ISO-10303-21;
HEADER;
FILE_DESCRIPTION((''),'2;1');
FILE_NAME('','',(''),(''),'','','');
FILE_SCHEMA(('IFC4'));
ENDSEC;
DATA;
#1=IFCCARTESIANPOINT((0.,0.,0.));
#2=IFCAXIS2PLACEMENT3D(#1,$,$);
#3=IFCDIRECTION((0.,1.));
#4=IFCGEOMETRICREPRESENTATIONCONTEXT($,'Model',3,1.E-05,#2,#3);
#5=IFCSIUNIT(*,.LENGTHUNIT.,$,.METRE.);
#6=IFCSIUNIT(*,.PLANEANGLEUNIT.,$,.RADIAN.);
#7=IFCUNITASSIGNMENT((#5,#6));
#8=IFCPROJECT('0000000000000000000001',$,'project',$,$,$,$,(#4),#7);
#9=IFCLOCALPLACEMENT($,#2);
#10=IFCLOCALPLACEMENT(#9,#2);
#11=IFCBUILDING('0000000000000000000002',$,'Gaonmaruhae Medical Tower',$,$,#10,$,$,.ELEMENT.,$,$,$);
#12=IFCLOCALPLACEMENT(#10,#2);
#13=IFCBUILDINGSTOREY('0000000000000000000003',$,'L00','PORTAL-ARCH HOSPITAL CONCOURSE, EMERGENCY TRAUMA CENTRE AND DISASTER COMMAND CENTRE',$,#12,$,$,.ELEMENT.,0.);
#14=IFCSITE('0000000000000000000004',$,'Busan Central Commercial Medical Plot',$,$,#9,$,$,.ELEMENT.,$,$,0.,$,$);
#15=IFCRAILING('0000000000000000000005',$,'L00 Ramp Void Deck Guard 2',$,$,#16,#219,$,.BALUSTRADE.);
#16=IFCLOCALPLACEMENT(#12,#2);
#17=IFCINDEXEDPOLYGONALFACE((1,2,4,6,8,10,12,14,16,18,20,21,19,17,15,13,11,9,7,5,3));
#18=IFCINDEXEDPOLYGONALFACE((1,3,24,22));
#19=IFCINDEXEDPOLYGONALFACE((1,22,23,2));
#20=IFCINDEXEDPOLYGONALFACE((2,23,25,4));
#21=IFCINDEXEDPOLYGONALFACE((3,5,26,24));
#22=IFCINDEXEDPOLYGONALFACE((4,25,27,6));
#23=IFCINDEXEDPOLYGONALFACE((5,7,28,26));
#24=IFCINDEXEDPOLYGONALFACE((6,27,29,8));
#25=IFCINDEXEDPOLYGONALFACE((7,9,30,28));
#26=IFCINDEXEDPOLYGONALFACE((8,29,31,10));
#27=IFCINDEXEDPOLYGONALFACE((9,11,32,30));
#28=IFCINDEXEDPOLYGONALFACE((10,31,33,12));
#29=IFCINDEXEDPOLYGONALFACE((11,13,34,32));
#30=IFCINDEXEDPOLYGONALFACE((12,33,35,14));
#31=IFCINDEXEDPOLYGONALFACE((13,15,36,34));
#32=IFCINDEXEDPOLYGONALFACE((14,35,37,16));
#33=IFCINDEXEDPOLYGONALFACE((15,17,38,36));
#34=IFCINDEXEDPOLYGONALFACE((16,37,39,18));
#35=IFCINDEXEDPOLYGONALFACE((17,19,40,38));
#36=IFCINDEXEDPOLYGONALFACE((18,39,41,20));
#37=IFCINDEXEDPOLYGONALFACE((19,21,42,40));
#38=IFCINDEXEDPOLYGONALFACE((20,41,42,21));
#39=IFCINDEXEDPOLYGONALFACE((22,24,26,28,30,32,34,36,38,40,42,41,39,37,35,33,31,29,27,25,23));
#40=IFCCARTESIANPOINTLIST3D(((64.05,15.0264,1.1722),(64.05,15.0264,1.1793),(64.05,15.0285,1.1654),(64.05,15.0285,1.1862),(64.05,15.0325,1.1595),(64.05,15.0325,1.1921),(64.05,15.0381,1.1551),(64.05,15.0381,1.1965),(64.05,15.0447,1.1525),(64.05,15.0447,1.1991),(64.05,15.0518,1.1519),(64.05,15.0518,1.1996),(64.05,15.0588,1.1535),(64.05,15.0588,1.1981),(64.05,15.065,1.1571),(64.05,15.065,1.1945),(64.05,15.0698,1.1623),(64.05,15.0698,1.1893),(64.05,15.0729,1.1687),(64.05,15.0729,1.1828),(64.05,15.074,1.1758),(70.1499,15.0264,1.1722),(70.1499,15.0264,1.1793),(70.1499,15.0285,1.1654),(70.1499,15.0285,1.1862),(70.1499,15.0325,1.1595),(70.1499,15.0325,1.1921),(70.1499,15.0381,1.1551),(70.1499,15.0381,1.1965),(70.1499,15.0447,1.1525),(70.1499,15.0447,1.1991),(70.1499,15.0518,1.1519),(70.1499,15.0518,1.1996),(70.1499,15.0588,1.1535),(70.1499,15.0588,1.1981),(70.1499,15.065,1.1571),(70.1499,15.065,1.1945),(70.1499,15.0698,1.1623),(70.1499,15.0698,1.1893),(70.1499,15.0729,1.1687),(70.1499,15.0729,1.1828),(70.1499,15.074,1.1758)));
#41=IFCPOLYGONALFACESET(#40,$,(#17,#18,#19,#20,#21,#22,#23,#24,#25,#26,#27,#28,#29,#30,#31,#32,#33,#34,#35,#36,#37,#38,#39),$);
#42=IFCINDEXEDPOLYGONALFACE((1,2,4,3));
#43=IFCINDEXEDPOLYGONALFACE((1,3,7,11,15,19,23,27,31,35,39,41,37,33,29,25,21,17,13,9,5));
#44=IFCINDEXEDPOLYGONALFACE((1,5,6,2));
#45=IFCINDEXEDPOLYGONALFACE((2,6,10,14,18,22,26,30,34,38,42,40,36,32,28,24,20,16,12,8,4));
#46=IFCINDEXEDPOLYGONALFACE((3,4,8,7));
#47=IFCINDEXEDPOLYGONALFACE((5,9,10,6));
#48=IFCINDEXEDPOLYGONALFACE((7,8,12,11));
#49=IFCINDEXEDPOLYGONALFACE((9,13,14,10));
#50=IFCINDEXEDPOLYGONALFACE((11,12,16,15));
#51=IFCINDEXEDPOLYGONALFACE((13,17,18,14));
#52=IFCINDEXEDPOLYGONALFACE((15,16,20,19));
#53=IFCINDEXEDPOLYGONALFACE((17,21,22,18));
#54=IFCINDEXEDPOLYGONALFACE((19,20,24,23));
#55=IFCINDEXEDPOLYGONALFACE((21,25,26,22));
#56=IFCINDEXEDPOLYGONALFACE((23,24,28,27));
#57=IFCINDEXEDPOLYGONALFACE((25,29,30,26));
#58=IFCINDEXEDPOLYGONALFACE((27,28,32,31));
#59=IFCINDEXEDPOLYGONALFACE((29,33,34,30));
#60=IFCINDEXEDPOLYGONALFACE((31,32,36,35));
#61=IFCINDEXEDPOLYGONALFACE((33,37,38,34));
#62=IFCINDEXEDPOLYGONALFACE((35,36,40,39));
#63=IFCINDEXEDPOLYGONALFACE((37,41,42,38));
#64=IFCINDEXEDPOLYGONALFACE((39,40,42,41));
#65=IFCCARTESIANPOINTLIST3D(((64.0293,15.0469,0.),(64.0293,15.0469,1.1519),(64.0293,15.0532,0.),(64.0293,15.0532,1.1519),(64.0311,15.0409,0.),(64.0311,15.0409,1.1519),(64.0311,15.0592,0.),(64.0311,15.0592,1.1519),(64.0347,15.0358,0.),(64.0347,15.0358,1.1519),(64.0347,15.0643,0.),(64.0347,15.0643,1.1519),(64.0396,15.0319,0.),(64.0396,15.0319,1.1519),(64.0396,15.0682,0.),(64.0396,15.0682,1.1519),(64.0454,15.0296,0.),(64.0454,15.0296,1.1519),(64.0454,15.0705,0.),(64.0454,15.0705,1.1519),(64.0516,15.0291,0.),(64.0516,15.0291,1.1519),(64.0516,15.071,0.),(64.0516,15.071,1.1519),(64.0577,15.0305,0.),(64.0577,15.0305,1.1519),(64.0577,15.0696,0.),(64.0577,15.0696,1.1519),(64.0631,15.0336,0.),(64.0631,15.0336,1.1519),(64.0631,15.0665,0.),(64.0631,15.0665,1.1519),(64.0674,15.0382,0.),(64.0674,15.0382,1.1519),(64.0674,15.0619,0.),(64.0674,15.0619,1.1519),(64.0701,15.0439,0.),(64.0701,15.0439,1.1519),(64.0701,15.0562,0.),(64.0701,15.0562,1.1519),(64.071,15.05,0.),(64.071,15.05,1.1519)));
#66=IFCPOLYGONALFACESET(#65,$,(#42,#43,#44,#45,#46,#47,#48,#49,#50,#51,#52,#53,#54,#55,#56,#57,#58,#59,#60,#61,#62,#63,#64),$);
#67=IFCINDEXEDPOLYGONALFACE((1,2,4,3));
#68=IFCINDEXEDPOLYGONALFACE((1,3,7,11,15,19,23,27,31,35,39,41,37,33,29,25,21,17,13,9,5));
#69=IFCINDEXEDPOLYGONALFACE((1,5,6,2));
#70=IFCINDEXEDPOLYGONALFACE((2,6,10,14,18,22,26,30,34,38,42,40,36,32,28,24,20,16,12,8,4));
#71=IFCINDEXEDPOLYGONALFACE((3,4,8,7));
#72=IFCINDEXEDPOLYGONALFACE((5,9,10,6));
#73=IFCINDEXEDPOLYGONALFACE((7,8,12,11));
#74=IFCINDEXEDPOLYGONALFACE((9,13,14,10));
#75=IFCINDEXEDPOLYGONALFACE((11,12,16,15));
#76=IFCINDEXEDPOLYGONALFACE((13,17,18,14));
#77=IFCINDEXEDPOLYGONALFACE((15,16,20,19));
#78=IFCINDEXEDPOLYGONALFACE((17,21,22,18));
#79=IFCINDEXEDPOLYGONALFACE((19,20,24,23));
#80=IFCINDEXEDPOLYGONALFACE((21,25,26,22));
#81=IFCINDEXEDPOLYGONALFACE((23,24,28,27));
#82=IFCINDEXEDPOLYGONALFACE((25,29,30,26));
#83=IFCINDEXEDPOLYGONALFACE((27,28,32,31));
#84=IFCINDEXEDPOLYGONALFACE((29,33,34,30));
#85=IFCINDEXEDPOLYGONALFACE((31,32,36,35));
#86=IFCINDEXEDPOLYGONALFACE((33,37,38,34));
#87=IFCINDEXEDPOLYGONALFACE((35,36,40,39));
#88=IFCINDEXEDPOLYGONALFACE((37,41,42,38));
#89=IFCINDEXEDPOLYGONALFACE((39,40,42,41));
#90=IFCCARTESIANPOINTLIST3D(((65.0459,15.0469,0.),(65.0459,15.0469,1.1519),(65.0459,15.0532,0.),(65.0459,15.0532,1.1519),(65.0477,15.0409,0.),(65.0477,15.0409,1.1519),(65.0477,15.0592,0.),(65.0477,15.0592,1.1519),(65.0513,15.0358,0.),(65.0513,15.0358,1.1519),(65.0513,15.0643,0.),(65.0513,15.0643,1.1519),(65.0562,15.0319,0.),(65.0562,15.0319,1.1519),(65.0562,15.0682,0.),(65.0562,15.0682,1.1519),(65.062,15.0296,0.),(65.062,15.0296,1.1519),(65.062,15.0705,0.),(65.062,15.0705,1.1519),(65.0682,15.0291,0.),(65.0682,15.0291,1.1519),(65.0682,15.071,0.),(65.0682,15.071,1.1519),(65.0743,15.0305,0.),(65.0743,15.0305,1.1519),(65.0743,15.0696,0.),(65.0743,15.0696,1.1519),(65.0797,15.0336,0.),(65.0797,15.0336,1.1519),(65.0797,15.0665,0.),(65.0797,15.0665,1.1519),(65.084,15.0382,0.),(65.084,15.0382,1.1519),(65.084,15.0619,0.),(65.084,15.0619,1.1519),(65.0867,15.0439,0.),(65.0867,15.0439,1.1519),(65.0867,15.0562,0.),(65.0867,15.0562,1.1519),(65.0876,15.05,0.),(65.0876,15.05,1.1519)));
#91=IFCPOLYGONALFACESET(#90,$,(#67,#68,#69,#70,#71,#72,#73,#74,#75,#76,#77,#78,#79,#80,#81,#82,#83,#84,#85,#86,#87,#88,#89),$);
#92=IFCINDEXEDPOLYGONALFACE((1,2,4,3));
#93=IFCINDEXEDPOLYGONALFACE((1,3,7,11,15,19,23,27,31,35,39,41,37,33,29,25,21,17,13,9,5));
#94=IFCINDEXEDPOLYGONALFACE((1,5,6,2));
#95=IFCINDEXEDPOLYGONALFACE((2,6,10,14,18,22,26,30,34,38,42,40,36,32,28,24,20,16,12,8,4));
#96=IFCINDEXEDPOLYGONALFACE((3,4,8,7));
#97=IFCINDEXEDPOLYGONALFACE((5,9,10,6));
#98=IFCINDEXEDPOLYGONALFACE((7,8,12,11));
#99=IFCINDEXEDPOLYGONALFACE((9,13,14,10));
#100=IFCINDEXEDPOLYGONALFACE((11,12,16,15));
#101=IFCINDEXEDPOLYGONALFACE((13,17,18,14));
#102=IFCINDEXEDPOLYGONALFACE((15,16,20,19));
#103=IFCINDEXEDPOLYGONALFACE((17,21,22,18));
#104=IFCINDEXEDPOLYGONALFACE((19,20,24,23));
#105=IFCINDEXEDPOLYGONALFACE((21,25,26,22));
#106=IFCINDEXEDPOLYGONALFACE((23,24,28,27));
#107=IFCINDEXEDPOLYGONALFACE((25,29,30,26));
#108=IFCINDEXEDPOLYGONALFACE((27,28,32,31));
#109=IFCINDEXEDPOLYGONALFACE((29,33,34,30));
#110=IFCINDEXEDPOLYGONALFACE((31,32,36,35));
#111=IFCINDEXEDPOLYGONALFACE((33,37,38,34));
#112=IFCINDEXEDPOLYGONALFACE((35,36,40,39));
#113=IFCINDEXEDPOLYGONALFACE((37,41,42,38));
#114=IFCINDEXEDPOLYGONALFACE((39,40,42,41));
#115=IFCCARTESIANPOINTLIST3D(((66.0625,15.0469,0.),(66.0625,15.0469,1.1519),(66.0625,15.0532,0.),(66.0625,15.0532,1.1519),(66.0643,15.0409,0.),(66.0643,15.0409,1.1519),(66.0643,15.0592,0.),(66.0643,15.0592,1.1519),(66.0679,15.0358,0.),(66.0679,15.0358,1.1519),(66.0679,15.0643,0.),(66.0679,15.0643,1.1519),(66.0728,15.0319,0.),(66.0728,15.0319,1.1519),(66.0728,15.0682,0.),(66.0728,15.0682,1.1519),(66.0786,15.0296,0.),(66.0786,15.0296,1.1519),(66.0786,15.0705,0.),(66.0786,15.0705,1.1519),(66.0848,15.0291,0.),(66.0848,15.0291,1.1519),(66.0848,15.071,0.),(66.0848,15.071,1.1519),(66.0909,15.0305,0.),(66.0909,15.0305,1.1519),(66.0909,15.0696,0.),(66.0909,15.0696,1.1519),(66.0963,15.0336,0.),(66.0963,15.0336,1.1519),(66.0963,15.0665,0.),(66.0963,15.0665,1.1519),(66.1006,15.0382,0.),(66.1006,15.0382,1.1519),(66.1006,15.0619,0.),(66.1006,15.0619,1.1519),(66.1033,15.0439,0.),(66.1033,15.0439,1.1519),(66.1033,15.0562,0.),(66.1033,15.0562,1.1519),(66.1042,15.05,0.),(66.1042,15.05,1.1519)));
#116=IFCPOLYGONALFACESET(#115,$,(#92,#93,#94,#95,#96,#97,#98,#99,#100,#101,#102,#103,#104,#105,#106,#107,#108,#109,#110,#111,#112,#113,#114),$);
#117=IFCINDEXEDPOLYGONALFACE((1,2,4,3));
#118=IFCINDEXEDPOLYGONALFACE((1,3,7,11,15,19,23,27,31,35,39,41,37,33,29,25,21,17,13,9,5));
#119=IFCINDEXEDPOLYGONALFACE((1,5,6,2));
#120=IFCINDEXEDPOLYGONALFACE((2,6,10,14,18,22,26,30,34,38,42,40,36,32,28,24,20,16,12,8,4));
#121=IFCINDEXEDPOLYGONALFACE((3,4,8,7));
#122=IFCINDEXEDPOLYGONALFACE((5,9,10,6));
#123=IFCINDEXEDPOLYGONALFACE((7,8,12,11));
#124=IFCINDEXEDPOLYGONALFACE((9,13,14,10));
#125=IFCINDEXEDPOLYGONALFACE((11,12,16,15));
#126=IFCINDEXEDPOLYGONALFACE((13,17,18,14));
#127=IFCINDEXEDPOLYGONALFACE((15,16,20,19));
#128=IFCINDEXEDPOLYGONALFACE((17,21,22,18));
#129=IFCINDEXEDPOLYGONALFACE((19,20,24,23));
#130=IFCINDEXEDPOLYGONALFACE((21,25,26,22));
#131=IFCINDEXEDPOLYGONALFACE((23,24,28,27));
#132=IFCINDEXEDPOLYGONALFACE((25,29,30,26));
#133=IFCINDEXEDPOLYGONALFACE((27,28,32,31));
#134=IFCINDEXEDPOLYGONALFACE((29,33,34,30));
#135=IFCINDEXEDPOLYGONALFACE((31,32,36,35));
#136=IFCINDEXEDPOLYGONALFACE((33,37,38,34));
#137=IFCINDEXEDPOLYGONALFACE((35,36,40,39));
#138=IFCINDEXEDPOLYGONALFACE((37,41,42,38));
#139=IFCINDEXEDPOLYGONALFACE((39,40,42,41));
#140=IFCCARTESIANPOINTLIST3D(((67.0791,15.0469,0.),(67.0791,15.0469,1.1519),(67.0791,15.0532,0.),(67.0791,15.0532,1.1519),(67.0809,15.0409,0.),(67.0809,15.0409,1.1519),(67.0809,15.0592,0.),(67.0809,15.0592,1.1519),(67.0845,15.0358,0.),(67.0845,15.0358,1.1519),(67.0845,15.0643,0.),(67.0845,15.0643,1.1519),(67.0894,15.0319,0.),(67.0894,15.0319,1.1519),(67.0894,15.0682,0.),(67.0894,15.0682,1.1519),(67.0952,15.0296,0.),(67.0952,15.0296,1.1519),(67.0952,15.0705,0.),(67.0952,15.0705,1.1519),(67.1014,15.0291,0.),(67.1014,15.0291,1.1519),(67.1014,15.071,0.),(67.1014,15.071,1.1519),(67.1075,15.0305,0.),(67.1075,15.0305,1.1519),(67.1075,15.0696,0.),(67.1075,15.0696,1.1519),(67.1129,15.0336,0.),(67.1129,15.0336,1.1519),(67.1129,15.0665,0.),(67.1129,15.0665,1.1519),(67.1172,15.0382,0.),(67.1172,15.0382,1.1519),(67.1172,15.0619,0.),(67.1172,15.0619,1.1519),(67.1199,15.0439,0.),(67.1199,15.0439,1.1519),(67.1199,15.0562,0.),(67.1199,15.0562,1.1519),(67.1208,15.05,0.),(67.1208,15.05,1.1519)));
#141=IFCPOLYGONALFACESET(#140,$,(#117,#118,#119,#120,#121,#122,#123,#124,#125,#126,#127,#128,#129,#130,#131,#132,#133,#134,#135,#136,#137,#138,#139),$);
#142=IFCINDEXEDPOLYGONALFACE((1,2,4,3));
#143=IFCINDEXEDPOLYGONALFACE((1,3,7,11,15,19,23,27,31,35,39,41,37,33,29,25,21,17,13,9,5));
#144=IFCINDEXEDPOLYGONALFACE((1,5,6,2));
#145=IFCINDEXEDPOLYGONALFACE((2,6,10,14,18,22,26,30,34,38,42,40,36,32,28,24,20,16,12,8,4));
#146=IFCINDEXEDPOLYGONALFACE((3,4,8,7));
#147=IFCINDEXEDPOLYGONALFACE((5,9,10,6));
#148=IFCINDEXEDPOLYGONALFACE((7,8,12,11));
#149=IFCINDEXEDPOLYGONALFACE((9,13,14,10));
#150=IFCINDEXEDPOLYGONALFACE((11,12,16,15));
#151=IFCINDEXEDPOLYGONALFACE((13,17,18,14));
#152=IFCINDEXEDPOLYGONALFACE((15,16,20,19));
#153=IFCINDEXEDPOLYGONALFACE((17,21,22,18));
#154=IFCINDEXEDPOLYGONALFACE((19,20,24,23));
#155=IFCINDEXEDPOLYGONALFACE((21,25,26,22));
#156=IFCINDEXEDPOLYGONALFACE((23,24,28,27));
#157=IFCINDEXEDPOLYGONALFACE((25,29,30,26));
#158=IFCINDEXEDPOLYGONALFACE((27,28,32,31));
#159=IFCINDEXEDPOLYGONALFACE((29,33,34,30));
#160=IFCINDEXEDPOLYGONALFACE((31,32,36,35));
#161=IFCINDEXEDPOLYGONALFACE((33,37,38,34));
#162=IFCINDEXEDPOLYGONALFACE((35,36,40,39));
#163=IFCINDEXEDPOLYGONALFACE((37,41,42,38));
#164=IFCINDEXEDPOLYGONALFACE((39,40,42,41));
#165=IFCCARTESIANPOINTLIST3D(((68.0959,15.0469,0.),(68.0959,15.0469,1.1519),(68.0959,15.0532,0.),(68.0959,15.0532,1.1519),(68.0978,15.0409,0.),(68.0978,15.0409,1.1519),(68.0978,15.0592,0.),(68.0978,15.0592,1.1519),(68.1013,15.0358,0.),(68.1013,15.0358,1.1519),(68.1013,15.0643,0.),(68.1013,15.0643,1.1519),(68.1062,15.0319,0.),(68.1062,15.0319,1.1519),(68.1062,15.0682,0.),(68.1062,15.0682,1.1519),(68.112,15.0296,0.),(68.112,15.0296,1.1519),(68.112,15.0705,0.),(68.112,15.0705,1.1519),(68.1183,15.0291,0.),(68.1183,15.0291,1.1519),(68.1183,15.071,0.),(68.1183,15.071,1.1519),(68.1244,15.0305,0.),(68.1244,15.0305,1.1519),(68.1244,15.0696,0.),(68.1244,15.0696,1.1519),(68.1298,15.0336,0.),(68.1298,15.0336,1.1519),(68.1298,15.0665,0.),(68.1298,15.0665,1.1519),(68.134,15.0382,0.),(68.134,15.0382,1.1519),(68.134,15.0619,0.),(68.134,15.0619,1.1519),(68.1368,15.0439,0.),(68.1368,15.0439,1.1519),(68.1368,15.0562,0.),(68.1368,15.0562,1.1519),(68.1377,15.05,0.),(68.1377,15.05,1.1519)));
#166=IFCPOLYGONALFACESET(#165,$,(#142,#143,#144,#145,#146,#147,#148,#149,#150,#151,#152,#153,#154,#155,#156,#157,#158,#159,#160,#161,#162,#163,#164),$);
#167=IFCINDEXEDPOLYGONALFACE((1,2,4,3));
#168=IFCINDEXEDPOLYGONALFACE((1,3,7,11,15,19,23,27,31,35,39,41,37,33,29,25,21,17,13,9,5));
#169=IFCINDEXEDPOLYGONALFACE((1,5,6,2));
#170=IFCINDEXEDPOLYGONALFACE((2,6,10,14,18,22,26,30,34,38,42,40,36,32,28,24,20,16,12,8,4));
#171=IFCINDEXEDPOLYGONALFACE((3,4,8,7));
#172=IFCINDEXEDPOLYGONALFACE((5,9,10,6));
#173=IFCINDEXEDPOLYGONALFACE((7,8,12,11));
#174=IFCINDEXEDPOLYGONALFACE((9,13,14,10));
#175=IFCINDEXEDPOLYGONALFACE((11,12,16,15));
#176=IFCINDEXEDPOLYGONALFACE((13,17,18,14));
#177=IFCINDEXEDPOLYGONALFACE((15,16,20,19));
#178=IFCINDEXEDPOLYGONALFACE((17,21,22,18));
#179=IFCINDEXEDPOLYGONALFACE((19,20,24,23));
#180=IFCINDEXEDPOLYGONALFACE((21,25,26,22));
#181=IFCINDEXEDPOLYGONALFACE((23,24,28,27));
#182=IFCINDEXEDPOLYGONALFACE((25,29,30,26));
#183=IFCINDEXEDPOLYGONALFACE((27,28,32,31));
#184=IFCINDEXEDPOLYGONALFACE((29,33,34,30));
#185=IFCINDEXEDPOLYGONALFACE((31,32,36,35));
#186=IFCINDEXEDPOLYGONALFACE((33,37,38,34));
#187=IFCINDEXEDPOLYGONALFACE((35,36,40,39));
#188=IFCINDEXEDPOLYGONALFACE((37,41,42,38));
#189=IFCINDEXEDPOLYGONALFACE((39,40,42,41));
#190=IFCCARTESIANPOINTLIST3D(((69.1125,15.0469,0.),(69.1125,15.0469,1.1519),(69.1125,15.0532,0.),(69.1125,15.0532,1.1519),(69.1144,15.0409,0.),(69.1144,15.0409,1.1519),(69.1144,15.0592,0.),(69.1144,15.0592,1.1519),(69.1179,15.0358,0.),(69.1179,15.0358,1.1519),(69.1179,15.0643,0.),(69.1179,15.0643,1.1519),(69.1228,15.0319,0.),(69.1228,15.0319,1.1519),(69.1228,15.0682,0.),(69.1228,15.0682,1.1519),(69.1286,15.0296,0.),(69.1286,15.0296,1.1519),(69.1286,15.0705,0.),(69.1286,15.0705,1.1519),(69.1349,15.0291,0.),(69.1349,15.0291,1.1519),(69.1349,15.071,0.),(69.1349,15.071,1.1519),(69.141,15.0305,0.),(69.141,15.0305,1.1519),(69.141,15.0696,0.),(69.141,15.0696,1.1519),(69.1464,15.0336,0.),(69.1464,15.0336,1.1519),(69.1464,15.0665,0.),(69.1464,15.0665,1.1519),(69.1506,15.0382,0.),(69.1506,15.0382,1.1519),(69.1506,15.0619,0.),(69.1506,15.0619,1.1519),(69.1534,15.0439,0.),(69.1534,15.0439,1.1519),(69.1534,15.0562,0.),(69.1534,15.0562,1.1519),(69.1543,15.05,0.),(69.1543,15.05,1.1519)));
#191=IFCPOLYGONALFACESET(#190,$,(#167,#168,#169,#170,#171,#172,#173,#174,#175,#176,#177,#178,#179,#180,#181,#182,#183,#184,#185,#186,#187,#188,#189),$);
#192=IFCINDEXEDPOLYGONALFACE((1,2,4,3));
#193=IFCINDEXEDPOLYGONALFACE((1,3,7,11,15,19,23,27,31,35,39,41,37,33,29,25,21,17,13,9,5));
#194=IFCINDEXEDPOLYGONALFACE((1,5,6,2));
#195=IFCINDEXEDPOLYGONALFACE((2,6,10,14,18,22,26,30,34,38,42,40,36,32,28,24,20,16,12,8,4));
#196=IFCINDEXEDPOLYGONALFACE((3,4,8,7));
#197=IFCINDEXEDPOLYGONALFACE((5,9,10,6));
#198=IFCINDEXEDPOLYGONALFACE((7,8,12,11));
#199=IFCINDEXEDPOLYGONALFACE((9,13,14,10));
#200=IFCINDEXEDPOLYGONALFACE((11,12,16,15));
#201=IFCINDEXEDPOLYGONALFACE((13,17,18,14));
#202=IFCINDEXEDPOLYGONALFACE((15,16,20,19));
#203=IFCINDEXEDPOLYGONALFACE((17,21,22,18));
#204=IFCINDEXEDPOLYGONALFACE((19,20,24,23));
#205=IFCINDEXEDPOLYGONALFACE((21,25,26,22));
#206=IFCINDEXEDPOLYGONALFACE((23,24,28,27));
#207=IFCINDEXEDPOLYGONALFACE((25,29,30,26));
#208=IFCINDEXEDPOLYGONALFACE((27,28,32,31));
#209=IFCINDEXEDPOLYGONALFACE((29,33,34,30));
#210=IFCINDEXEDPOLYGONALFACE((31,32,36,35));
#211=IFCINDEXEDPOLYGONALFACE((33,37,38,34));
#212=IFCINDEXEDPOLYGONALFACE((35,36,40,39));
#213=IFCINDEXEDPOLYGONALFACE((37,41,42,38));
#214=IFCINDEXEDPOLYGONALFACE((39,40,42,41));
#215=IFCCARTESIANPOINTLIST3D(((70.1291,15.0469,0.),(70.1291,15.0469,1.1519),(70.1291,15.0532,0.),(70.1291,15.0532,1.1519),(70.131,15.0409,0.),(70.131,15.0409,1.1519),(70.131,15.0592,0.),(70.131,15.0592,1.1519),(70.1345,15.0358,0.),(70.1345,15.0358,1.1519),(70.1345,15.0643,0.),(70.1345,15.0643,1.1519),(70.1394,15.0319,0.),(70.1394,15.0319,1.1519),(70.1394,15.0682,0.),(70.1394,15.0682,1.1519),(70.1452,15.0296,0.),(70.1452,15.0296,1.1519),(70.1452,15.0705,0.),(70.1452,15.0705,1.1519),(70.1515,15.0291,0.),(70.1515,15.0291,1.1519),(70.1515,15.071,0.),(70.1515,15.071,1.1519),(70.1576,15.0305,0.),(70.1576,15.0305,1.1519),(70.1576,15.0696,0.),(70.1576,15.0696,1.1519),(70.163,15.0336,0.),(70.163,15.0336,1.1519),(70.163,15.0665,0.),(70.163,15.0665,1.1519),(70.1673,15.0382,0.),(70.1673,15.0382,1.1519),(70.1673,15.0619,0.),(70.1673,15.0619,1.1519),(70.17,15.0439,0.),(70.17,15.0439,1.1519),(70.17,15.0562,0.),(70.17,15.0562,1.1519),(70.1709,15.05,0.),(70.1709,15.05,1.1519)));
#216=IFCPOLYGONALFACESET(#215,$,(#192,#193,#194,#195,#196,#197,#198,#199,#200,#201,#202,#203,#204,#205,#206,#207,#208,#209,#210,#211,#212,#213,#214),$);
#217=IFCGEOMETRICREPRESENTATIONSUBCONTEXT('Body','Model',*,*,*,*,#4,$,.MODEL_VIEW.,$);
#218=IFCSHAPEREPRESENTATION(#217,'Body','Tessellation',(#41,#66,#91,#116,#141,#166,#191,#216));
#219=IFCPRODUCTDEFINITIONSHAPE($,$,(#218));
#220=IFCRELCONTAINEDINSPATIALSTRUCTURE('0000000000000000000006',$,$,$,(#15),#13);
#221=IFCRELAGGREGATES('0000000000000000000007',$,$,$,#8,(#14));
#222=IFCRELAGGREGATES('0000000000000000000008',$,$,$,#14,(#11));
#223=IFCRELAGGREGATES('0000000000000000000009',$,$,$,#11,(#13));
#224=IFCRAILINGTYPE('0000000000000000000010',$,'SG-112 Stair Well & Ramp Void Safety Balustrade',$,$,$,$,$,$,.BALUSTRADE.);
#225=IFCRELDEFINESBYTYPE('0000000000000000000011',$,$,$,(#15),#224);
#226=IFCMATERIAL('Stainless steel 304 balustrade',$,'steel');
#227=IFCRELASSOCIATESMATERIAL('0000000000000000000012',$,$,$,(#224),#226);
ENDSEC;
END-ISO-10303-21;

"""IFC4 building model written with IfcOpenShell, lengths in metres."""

from ifc_helpers import new_model, si_unit, direction, frame, origin, origin_2d, place, context, subcontext, project, spatial, circle, extrude, material, type_object, element, save


model = new_model("IFC4")

# Units and contexts
model_context = context("Model", 3, precision=1e-05, world=origin(), true_north=direction((0.0, 1.0)))
body_context = subcontext(model_context, "Body", "Model", "MODEL_VIEW")
ifc_project = project(units=[si_unit("LENGTHUNIT", "METRE"), si_unit("PLANEANGLEUNIT", "RADIAN")], contexts=[model_context])

# Site, building, storey
site_placement = place(None, origin())
site = spatial("IfcSite", under=ifc_project, at=site_placement, Name="Busan Central Commercial Medical Plot", CompositionType="ELEMENT", RefElevation=0.0)
building_placement = place(site_placement, origin())
building = spatial("IfcBuilding", under=site, at=building_placement, Name="Gaonmaruhae Medical Tower", CompositionType="ELEMENT")
storey_placement = place(building_placement, origin())
storey = spatial("IfcBuildingStorey", under=building, at=storey_placement, Name="L00", Description="PORTAL-ARCH HOSPITAL CONCOURSE, EMERGENCY TRAUMA CENTRE AND DISASTER COMMAND CENTRE", CompositionType="ELEMENT", Elevation=0.0)

# Railing
ifc_material_1 = material(Name="Stainless steel 304 balustrade", Category="steel")
railing_type = type_object("IfcRailingType", Name="SG-112 Stair Well & Ramp Void Safety Balustrade", PredefinedType="BALUSTRADE", material=ifc_material_1)
railing_1_placement = place(storey_placement, frame((64.05, 15.05, 0.0)))
element("IfcRailing", 1, at=railing_1_placement, inside=storey, type_object=railing_type, Name="L00 Ramp Void Deck Guard 2", PredefinedType="BALUSTRADE", context=body_context, shape_type="SweptSolid", body=[
    extrude(circle(Radius=0.0239, at=origin_2d()), frame((0.0, 0.0, 1.1758), z_axis=(1.0, 0.0, 0.0), x_axis=(0.0, 1.0, 0.0)), (0.0, 0.0, 1.0), 6.0999),
    extrude(circle(Radius=0.021, at=origin_2d()), origin(), (0.0, 0.0, 1.0), 1.1519),
    extrude(circle(Radius=0.021, at=origin_2d()), frame((1.0166, 0.0, 0.0)), (0.0, 0.0, 1.0), 1.1519),
    extrude(circle(Radius=0.021, at=origin_2d()), frame((2.0332, 0.0, 0.0)), (0.0, 0.0, 1.0), 1.1519),
    extrude(circle(Radius=0.021, at=origin_2d()), frame((3.0498, 0.0, 0.0)), (0.0, 0.0, 1.0), 1.1519),
    extrude(circle(Radius=0.021, at=origin_2d()), frame((4.0667, 0.0, 0.0)), (0.0, 0.0, 1.0), 1.1519),
    extrude(circle(Radius=0.021, at=origin_2d()), frame((5.0833, 0.0, 0.0)), (0.0, 0.0, 1.0), 1.1519),
    extrude(circle(Radius=0.021, at=origin_2d()), frame((6.0999, 0.0, 0.0)), (0.0, 0.0, 1.0), 1.1519),
])

save(model, "model.ifc")
